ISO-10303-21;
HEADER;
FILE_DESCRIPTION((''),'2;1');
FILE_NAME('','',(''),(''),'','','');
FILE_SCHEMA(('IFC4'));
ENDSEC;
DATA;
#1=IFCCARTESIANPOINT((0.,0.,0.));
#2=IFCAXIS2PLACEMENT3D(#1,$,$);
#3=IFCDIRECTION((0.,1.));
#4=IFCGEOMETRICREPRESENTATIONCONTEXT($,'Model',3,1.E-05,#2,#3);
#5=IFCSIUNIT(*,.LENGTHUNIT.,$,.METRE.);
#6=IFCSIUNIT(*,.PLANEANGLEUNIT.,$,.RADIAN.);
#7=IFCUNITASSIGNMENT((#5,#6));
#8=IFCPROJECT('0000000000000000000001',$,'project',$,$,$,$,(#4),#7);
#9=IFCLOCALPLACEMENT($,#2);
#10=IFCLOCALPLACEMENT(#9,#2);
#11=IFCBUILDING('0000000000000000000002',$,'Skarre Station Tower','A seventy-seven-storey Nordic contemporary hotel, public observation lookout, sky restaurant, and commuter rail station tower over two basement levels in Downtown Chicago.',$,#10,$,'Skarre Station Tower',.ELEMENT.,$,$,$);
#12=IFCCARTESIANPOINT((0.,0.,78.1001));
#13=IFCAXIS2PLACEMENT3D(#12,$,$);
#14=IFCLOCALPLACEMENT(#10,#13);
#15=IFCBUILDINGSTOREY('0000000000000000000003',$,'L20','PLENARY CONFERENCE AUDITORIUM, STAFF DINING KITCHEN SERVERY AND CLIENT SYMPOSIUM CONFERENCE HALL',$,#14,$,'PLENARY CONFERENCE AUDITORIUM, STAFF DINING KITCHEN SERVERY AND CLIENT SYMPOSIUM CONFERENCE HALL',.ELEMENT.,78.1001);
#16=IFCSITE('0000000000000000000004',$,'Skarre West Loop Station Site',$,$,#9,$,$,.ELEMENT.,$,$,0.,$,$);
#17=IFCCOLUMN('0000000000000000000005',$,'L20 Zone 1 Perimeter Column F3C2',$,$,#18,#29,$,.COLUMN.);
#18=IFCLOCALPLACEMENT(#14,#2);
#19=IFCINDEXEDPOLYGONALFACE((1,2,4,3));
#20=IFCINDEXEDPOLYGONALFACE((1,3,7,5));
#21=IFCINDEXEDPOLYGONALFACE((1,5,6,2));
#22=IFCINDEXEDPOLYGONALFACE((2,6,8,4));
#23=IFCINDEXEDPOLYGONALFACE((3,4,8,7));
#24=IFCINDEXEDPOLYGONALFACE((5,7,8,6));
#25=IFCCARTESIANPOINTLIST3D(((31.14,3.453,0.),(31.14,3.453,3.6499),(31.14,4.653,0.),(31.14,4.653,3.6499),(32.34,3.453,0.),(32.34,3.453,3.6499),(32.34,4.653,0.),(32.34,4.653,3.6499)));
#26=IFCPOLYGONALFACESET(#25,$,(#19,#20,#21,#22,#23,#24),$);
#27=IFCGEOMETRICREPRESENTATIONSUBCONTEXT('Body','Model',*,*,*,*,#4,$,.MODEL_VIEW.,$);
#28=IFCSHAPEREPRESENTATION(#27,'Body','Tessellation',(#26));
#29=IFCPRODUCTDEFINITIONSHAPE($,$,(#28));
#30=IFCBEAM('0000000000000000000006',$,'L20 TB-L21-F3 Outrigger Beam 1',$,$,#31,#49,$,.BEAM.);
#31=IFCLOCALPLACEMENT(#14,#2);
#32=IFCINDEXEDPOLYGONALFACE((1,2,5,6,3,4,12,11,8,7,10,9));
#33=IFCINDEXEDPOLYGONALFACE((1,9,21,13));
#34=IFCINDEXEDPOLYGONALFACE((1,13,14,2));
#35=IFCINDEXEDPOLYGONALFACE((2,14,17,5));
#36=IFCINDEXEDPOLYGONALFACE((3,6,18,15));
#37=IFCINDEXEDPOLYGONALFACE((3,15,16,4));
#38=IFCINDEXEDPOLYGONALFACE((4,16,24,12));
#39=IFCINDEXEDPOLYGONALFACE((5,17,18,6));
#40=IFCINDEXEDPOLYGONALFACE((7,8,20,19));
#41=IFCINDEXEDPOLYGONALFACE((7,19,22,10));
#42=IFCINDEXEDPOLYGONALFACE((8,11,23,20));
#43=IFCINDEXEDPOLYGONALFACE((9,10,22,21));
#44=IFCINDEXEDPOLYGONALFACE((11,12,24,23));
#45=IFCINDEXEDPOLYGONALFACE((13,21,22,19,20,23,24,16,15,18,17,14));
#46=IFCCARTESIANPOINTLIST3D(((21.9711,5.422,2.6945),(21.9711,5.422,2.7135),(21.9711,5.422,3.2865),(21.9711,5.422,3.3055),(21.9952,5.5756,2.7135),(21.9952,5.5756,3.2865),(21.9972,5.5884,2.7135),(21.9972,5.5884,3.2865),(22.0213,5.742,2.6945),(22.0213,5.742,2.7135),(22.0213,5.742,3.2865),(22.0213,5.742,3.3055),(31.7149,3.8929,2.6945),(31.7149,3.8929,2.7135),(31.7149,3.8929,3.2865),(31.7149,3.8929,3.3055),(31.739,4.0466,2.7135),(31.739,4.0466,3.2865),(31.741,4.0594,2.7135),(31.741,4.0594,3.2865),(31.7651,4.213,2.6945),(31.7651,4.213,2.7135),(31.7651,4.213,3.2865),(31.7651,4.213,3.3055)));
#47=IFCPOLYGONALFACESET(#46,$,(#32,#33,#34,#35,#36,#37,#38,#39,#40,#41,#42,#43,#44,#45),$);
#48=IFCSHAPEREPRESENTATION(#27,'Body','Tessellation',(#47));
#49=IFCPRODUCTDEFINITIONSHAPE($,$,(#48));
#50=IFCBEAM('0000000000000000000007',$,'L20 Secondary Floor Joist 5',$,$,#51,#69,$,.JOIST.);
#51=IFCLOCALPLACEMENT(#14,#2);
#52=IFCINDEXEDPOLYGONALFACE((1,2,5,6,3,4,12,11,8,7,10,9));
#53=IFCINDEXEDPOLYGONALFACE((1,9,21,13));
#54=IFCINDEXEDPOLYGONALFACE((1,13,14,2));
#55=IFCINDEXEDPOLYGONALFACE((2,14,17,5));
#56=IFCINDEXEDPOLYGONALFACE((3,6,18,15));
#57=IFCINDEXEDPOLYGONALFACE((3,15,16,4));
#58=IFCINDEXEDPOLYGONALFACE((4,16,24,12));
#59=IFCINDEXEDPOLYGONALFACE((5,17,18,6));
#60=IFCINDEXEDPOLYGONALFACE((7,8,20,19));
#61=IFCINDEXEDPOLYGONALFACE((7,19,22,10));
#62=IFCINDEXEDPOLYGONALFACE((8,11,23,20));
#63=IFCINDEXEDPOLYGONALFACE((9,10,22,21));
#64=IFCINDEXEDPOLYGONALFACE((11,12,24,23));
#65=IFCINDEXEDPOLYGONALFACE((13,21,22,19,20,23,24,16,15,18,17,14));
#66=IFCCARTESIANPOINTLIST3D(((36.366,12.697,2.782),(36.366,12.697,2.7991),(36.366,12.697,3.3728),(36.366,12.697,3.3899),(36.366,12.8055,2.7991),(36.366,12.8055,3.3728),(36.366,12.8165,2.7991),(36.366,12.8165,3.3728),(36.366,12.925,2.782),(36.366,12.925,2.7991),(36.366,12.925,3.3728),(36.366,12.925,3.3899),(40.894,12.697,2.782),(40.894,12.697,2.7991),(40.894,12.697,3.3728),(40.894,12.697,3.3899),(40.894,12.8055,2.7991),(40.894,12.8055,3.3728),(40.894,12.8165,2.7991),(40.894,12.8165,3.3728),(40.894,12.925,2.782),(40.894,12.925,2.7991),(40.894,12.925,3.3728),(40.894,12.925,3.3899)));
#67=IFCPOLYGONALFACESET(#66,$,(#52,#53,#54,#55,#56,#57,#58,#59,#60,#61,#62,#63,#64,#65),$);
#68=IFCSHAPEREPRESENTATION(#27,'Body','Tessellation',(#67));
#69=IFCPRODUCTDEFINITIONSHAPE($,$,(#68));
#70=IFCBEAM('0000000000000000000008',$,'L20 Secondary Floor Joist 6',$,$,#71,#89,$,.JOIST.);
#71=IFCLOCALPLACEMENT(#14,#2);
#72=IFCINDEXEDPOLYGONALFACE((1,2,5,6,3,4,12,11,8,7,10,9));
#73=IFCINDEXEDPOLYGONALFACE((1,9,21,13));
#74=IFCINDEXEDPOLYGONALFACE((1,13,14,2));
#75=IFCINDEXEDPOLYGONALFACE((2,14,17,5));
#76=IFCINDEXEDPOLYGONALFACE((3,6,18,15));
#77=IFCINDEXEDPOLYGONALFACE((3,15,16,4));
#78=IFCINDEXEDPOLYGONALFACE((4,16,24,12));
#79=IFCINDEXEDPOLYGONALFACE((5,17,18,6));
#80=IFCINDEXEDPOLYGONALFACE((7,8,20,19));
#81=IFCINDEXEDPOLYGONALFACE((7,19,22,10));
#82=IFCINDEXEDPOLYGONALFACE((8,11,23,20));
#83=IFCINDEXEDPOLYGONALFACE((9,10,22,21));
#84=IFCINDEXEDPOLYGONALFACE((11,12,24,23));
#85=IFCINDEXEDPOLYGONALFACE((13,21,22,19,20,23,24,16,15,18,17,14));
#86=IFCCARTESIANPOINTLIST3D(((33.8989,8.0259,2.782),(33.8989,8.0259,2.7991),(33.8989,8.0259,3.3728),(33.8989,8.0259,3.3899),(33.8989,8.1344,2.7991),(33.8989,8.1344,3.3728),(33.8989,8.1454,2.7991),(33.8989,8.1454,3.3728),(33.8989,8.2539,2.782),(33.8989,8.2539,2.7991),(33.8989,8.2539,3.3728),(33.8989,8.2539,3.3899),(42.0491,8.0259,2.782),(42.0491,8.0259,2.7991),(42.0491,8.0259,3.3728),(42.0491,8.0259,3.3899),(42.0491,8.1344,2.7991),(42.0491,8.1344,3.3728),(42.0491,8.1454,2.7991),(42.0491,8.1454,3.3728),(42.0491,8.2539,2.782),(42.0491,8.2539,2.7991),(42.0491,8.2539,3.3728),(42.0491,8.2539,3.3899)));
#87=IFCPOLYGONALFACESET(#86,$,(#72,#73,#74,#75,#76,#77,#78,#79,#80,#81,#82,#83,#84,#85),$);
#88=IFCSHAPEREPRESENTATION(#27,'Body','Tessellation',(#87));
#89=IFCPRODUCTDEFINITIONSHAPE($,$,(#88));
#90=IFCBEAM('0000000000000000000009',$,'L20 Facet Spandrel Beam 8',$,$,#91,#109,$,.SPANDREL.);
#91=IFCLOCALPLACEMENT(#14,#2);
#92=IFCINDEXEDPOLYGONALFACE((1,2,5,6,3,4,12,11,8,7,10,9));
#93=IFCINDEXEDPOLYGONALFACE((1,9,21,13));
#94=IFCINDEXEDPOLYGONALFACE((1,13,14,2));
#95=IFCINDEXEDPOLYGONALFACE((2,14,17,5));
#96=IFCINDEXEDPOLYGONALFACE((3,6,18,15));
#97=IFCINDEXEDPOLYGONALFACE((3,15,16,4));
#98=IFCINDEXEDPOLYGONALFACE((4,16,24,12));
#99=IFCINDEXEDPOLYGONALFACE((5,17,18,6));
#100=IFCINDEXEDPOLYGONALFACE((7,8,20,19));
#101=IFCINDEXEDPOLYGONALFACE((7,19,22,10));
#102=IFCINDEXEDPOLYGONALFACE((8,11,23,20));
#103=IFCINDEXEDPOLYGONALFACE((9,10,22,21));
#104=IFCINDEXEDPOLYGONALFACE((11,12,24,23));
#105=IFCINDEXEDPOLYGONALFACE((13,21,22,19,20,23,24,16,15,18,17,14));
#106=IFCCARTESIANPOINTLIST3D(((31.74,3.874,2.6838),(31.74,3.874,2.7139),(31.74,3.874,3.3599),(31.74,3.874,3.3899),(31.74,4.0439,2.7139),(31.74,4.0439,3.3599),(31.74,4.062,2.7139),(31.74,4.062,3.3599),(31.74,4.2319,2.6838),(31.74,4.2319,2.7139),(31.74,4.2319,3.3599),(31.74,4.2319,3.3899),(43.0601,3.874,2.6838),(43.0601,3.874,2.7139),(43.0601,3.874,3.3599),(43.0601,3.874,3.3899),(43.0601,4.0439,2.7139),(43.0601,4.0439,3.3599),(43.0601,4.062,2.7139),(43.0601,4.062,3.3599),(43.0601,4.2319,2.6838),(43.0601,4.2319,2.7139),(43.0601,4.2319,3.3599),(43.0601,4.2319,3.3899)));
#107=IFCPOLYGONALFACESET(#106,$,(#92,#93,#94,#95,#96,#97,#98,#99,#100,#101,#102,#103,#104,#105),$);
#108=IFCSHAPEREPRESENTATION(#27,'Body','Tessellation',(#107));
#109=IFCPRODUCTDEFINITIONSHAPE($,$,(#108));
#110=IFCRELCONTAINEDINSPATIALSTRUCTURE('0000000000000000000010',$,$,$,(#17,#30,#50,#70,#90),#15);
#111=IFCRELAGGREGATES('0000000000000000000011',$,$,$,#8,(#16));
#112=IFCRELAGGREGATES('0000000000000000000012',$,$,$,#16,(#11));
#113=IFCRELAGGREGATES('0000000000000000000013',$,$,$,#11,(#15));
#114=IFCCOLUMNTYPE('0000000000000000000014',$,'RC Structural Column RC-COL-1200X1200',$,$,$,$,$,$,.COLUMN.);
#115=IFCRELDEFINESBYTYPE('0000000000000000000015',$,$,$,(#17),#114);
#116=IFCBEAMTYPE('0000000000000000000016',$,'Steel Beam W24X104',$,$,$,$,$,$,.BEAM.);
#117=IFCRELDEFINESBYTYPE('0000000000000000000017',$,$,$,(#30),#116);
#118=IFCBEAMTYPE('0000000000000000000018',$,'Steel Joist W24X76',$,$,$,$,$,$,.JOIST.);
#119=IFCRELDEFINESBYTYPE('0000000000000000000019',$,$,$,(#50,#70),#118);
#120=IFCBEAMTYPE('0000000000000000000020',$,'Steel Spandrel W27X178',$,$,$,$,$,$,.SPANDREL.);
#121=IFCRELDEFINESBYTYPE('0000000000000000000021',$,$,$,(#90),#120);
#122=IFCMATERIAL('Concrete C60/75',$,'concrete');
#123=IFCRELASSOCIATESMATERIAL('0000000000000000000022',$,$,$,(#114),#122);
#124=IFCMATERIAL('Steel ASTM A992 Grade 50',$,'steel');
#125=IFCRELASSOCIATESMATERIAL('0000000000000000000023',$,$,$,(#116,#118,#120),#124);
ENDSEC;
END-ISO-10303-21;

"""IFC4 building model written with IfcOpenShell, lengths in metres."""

from ifc_helpers import new_model, si_unit, direction, frame, origin, origin_2d, place, context, subcontext, project, spatial, rectangle, i_section, extrude, material, material_profile, profile_set, type_object, element, save


model = new_model("IFC4")

# Units and contexts
model_context = context("Model", 3, precision=1e-05, world=origin(), true_north=direction((0.0, 1.0)))
body_context = subcontext(model_context, "Body", "Model", "MODEL_VIEW")
ifc_project = project(units=[si_unit("LENGTHUNIT", "METRE"), si_unit("PLANEANGLEUNIT", "RADIAN")], contexts=[model_context])

# Site, building, storey
site_placement = place(None, origin())
site = spatial("IfcSite", under=ifc_project, at=site_placement, Name="Skarre West Loop Station Site", CompositionType="ELEMENT", RefElevation=0.0)
building_placement = place(site_placement, origin())
building = spatial("IfcBuilding", under=site, at=building_placement, Name="Skarre Station Tower", Description="A seventy-seven-storey Nordic contemporary hotel, public observation lookout, sky restaurant, and commuter rail station tower over two basement levels in Downtown Chicago.", LongName="Skarre Station Tower", CompositionType="ELEMENT")
storey_placement = place(building_placement, frame((0.0, 0.0, 78.1001)))
storey = spatial("IfcBuildingStorey", under=building, at=storey_placement, Name="L20", Description="PLENARY CONFERENCE AUDITORIUM, STAFF DINING KITCHEN SERVERY AND CLIENT SYMPOSIUM CONFERENCE HALL", LongName="PLENARY CONFERENCE AUDITORIUM, STAFF DINING KITCHEN SERVERY AND CLIENT SYMPOSIUM CONFERENCE HALL", CompositionType="ELEMENT", Elevation=78.1001)

# Column
ifc_material_1 = material(Name="Concrete C60/75", Category="concrete")
ifc_material_profile_1 = material_profile(ifc_material_1, rectangle(XDim=1.2, YDim=1.2, at=origin_2d()), Name="Concrete C60/75")
ifc_profile_set_1 = profile_set([ifc_material_profile_1], Name="Concrete C60/75")
column_type = type_object("IfcColumnType", Name="RC Structural Column RC-COL-1200X1200", PredefinedType="COLUMN", material=ifc_profile_set_1)
column_placement = place(storey_placement, frame((31.74, 4.053, 0.0), z_axis=(0.0, 0.0, 1.0), x_axis=(1.0, 0.0, 0.0)))
element("IfcColumn", 1, at=column_placement, inside=storey, type_object=column_type, Name="L20 Zone 1 Perimeter Column F3C2", PredefinedType="COLUMN", context=body_context, shape_type="SweptSolid", body=[
    extrude(rectangle(XDim=1.2, YDim=1.2, at=origin_2d()), origin(), (0.0, 0.0, 1.0), 3.6499),
])

# Beams
ifc_material_2 = material(Name="Steel ASTM A992 Grade 50", Category="steel")
ifc_material_profile_2 = material_profile(ifc_material_2, i_section(OverallWidth=0.324, OverallDepth=0.6111, WebThickness=0.0129, FlangeThickness=0.019, at=origin_2d()), Name="Steel ASTM A992 Grade 50")
ifc_profile_set_2 = profile_set([ifc_material_profile_2], Name="Steel ASTM A992 Grade 50")
beam_type_1 = type_object("IfcBeamType", Name="Steel Beam W24X104", PredefinedType="BEAM", material=ifc_profile_set_2)
beam_1_placement = place(storey_placement, frame((31.74, 4.053, 3.0), z_axis=(-0.98791, 0.155027, 0.0), x_axis=(-0.155027, -0.98791, 0.0)))
element("IfcBeam", 2, at=beam_1_placement, inside=storey, type_object=beam_type_1, Name="L20 TB-L21-F3 Outrigger Beam 1", PredefinedType="BEAM", context=body_context, shape_type="SweptSolid", body=[
    extrude(i_section(OverallWidth=0.324, OverallDepth=0.6111, WebThickness=0.0129, FlangeThickness=0.019, at=origin_2d()), origin(), (0.0, 0.0, 1.0), 9.863),
])
ifc_material_profile_3 = material_profile(ifc_material_2, i_section(OverallWidth=0.228, OverallDepth=0.6079, WebThickness=0.011, FlangeThickness=0.0171, at=origin_2d()), Name="Steel ASTM A992 Grade 50")
ifc_profile_set_3 = profile_set([ifc_material_profile_3], Name="Steel ASTM A992 Grade 50")
beam_type_2 = type_object("IfcBeamType", Name="Steel Joist W24X76", PredefinedType="JOIST", material=ifc_profile_set_3)
beam_2_placement = place(storey_placement, frame((36.366, 12.811, 3.0859), z_axis=(1.0, 0.0, 0.0), x_axis=(0.0, 1.0, 0.0)))
element("IfcBeam", 3, at=beam_2_placement, inside=storey, type_object=beam_type_2, Name="L20 Secondary Floor Joist 5", PredefinedType="JOIST", context=body_context, shape_type="SweptSolid", body=[
    extrude(i_section(OverallWidth=0.228, OverallDepth=0.6079, WebThickness=0.011, FlangeThickness=0.0171, at=origin_2d()), origin(), (0.0, 0.0, 1.0), 4.5281),
])
beam_3_placement = place(storey_placement, frame((33.8989, 8.1399, 3.0859), z_axis=(1.0, 0.0, 0.0), x_axis=(0.0, 1.0, 0.0)))
element("IfcBeam", 4, at=beam_3_placement, inside=storey, type_object=beam_type_2, Name="L20 Secondary Floor Joist 6", PredefinedType="JOIST", context=body_context, shape_type="SweptSolid", body=[
    extrude(i_section(OverallWidth=0.228, OverallDepth=0.6079, WebThickness=0.011, FlangeThickness=0.0171, at=origin_2d()), origin(), (0.0, 0.0, 1.0), 8.1501),
])
ifc_material_profile_4 = material_profile(ifc_material_2, i_section(OverallWidth=0.3579, OverallDepth=0.7061, WebThickness=0.0181, FlangeThickness=0.03, at=origin_2d()), Name="Steel ASTM A992 Grade 50")
ifc_profile_set_4 = profile_set([ifc_material_profile_4], Name="Steel ASTM A992 Grade 50")
beam_type_3 = type_object("IfcBeamType", Name="Steel Spandrel W27X178", PredefinedType="SPANDREL", material=ifc_profile_set_4)
beam_4_placement = place(storey_placement, frame((31.74, 4.053, 3.0369), z_axis=(1.0, 0.0, 0.0), x_axis=(0.0, 1.0, 0.0)))
element("IfcBeam", 5, at=beam_4_placement, inside=storey, type_object=beam_type_3, Name="L20 Facet Spandrel Beam 8", PredefinedType="SPANDREL", context=body_context, shape_type="SweptSolid", body=[
    extrude(i_section(OverallWidth=0.3579, OverallDepth=0.7061, WebThickness=0.0181, FlangeThickness=0.03, at=origin_2d()), origin(), (0.0, 0.0, 1.0), 11.3201),
])

save(model, "model.ifc")
